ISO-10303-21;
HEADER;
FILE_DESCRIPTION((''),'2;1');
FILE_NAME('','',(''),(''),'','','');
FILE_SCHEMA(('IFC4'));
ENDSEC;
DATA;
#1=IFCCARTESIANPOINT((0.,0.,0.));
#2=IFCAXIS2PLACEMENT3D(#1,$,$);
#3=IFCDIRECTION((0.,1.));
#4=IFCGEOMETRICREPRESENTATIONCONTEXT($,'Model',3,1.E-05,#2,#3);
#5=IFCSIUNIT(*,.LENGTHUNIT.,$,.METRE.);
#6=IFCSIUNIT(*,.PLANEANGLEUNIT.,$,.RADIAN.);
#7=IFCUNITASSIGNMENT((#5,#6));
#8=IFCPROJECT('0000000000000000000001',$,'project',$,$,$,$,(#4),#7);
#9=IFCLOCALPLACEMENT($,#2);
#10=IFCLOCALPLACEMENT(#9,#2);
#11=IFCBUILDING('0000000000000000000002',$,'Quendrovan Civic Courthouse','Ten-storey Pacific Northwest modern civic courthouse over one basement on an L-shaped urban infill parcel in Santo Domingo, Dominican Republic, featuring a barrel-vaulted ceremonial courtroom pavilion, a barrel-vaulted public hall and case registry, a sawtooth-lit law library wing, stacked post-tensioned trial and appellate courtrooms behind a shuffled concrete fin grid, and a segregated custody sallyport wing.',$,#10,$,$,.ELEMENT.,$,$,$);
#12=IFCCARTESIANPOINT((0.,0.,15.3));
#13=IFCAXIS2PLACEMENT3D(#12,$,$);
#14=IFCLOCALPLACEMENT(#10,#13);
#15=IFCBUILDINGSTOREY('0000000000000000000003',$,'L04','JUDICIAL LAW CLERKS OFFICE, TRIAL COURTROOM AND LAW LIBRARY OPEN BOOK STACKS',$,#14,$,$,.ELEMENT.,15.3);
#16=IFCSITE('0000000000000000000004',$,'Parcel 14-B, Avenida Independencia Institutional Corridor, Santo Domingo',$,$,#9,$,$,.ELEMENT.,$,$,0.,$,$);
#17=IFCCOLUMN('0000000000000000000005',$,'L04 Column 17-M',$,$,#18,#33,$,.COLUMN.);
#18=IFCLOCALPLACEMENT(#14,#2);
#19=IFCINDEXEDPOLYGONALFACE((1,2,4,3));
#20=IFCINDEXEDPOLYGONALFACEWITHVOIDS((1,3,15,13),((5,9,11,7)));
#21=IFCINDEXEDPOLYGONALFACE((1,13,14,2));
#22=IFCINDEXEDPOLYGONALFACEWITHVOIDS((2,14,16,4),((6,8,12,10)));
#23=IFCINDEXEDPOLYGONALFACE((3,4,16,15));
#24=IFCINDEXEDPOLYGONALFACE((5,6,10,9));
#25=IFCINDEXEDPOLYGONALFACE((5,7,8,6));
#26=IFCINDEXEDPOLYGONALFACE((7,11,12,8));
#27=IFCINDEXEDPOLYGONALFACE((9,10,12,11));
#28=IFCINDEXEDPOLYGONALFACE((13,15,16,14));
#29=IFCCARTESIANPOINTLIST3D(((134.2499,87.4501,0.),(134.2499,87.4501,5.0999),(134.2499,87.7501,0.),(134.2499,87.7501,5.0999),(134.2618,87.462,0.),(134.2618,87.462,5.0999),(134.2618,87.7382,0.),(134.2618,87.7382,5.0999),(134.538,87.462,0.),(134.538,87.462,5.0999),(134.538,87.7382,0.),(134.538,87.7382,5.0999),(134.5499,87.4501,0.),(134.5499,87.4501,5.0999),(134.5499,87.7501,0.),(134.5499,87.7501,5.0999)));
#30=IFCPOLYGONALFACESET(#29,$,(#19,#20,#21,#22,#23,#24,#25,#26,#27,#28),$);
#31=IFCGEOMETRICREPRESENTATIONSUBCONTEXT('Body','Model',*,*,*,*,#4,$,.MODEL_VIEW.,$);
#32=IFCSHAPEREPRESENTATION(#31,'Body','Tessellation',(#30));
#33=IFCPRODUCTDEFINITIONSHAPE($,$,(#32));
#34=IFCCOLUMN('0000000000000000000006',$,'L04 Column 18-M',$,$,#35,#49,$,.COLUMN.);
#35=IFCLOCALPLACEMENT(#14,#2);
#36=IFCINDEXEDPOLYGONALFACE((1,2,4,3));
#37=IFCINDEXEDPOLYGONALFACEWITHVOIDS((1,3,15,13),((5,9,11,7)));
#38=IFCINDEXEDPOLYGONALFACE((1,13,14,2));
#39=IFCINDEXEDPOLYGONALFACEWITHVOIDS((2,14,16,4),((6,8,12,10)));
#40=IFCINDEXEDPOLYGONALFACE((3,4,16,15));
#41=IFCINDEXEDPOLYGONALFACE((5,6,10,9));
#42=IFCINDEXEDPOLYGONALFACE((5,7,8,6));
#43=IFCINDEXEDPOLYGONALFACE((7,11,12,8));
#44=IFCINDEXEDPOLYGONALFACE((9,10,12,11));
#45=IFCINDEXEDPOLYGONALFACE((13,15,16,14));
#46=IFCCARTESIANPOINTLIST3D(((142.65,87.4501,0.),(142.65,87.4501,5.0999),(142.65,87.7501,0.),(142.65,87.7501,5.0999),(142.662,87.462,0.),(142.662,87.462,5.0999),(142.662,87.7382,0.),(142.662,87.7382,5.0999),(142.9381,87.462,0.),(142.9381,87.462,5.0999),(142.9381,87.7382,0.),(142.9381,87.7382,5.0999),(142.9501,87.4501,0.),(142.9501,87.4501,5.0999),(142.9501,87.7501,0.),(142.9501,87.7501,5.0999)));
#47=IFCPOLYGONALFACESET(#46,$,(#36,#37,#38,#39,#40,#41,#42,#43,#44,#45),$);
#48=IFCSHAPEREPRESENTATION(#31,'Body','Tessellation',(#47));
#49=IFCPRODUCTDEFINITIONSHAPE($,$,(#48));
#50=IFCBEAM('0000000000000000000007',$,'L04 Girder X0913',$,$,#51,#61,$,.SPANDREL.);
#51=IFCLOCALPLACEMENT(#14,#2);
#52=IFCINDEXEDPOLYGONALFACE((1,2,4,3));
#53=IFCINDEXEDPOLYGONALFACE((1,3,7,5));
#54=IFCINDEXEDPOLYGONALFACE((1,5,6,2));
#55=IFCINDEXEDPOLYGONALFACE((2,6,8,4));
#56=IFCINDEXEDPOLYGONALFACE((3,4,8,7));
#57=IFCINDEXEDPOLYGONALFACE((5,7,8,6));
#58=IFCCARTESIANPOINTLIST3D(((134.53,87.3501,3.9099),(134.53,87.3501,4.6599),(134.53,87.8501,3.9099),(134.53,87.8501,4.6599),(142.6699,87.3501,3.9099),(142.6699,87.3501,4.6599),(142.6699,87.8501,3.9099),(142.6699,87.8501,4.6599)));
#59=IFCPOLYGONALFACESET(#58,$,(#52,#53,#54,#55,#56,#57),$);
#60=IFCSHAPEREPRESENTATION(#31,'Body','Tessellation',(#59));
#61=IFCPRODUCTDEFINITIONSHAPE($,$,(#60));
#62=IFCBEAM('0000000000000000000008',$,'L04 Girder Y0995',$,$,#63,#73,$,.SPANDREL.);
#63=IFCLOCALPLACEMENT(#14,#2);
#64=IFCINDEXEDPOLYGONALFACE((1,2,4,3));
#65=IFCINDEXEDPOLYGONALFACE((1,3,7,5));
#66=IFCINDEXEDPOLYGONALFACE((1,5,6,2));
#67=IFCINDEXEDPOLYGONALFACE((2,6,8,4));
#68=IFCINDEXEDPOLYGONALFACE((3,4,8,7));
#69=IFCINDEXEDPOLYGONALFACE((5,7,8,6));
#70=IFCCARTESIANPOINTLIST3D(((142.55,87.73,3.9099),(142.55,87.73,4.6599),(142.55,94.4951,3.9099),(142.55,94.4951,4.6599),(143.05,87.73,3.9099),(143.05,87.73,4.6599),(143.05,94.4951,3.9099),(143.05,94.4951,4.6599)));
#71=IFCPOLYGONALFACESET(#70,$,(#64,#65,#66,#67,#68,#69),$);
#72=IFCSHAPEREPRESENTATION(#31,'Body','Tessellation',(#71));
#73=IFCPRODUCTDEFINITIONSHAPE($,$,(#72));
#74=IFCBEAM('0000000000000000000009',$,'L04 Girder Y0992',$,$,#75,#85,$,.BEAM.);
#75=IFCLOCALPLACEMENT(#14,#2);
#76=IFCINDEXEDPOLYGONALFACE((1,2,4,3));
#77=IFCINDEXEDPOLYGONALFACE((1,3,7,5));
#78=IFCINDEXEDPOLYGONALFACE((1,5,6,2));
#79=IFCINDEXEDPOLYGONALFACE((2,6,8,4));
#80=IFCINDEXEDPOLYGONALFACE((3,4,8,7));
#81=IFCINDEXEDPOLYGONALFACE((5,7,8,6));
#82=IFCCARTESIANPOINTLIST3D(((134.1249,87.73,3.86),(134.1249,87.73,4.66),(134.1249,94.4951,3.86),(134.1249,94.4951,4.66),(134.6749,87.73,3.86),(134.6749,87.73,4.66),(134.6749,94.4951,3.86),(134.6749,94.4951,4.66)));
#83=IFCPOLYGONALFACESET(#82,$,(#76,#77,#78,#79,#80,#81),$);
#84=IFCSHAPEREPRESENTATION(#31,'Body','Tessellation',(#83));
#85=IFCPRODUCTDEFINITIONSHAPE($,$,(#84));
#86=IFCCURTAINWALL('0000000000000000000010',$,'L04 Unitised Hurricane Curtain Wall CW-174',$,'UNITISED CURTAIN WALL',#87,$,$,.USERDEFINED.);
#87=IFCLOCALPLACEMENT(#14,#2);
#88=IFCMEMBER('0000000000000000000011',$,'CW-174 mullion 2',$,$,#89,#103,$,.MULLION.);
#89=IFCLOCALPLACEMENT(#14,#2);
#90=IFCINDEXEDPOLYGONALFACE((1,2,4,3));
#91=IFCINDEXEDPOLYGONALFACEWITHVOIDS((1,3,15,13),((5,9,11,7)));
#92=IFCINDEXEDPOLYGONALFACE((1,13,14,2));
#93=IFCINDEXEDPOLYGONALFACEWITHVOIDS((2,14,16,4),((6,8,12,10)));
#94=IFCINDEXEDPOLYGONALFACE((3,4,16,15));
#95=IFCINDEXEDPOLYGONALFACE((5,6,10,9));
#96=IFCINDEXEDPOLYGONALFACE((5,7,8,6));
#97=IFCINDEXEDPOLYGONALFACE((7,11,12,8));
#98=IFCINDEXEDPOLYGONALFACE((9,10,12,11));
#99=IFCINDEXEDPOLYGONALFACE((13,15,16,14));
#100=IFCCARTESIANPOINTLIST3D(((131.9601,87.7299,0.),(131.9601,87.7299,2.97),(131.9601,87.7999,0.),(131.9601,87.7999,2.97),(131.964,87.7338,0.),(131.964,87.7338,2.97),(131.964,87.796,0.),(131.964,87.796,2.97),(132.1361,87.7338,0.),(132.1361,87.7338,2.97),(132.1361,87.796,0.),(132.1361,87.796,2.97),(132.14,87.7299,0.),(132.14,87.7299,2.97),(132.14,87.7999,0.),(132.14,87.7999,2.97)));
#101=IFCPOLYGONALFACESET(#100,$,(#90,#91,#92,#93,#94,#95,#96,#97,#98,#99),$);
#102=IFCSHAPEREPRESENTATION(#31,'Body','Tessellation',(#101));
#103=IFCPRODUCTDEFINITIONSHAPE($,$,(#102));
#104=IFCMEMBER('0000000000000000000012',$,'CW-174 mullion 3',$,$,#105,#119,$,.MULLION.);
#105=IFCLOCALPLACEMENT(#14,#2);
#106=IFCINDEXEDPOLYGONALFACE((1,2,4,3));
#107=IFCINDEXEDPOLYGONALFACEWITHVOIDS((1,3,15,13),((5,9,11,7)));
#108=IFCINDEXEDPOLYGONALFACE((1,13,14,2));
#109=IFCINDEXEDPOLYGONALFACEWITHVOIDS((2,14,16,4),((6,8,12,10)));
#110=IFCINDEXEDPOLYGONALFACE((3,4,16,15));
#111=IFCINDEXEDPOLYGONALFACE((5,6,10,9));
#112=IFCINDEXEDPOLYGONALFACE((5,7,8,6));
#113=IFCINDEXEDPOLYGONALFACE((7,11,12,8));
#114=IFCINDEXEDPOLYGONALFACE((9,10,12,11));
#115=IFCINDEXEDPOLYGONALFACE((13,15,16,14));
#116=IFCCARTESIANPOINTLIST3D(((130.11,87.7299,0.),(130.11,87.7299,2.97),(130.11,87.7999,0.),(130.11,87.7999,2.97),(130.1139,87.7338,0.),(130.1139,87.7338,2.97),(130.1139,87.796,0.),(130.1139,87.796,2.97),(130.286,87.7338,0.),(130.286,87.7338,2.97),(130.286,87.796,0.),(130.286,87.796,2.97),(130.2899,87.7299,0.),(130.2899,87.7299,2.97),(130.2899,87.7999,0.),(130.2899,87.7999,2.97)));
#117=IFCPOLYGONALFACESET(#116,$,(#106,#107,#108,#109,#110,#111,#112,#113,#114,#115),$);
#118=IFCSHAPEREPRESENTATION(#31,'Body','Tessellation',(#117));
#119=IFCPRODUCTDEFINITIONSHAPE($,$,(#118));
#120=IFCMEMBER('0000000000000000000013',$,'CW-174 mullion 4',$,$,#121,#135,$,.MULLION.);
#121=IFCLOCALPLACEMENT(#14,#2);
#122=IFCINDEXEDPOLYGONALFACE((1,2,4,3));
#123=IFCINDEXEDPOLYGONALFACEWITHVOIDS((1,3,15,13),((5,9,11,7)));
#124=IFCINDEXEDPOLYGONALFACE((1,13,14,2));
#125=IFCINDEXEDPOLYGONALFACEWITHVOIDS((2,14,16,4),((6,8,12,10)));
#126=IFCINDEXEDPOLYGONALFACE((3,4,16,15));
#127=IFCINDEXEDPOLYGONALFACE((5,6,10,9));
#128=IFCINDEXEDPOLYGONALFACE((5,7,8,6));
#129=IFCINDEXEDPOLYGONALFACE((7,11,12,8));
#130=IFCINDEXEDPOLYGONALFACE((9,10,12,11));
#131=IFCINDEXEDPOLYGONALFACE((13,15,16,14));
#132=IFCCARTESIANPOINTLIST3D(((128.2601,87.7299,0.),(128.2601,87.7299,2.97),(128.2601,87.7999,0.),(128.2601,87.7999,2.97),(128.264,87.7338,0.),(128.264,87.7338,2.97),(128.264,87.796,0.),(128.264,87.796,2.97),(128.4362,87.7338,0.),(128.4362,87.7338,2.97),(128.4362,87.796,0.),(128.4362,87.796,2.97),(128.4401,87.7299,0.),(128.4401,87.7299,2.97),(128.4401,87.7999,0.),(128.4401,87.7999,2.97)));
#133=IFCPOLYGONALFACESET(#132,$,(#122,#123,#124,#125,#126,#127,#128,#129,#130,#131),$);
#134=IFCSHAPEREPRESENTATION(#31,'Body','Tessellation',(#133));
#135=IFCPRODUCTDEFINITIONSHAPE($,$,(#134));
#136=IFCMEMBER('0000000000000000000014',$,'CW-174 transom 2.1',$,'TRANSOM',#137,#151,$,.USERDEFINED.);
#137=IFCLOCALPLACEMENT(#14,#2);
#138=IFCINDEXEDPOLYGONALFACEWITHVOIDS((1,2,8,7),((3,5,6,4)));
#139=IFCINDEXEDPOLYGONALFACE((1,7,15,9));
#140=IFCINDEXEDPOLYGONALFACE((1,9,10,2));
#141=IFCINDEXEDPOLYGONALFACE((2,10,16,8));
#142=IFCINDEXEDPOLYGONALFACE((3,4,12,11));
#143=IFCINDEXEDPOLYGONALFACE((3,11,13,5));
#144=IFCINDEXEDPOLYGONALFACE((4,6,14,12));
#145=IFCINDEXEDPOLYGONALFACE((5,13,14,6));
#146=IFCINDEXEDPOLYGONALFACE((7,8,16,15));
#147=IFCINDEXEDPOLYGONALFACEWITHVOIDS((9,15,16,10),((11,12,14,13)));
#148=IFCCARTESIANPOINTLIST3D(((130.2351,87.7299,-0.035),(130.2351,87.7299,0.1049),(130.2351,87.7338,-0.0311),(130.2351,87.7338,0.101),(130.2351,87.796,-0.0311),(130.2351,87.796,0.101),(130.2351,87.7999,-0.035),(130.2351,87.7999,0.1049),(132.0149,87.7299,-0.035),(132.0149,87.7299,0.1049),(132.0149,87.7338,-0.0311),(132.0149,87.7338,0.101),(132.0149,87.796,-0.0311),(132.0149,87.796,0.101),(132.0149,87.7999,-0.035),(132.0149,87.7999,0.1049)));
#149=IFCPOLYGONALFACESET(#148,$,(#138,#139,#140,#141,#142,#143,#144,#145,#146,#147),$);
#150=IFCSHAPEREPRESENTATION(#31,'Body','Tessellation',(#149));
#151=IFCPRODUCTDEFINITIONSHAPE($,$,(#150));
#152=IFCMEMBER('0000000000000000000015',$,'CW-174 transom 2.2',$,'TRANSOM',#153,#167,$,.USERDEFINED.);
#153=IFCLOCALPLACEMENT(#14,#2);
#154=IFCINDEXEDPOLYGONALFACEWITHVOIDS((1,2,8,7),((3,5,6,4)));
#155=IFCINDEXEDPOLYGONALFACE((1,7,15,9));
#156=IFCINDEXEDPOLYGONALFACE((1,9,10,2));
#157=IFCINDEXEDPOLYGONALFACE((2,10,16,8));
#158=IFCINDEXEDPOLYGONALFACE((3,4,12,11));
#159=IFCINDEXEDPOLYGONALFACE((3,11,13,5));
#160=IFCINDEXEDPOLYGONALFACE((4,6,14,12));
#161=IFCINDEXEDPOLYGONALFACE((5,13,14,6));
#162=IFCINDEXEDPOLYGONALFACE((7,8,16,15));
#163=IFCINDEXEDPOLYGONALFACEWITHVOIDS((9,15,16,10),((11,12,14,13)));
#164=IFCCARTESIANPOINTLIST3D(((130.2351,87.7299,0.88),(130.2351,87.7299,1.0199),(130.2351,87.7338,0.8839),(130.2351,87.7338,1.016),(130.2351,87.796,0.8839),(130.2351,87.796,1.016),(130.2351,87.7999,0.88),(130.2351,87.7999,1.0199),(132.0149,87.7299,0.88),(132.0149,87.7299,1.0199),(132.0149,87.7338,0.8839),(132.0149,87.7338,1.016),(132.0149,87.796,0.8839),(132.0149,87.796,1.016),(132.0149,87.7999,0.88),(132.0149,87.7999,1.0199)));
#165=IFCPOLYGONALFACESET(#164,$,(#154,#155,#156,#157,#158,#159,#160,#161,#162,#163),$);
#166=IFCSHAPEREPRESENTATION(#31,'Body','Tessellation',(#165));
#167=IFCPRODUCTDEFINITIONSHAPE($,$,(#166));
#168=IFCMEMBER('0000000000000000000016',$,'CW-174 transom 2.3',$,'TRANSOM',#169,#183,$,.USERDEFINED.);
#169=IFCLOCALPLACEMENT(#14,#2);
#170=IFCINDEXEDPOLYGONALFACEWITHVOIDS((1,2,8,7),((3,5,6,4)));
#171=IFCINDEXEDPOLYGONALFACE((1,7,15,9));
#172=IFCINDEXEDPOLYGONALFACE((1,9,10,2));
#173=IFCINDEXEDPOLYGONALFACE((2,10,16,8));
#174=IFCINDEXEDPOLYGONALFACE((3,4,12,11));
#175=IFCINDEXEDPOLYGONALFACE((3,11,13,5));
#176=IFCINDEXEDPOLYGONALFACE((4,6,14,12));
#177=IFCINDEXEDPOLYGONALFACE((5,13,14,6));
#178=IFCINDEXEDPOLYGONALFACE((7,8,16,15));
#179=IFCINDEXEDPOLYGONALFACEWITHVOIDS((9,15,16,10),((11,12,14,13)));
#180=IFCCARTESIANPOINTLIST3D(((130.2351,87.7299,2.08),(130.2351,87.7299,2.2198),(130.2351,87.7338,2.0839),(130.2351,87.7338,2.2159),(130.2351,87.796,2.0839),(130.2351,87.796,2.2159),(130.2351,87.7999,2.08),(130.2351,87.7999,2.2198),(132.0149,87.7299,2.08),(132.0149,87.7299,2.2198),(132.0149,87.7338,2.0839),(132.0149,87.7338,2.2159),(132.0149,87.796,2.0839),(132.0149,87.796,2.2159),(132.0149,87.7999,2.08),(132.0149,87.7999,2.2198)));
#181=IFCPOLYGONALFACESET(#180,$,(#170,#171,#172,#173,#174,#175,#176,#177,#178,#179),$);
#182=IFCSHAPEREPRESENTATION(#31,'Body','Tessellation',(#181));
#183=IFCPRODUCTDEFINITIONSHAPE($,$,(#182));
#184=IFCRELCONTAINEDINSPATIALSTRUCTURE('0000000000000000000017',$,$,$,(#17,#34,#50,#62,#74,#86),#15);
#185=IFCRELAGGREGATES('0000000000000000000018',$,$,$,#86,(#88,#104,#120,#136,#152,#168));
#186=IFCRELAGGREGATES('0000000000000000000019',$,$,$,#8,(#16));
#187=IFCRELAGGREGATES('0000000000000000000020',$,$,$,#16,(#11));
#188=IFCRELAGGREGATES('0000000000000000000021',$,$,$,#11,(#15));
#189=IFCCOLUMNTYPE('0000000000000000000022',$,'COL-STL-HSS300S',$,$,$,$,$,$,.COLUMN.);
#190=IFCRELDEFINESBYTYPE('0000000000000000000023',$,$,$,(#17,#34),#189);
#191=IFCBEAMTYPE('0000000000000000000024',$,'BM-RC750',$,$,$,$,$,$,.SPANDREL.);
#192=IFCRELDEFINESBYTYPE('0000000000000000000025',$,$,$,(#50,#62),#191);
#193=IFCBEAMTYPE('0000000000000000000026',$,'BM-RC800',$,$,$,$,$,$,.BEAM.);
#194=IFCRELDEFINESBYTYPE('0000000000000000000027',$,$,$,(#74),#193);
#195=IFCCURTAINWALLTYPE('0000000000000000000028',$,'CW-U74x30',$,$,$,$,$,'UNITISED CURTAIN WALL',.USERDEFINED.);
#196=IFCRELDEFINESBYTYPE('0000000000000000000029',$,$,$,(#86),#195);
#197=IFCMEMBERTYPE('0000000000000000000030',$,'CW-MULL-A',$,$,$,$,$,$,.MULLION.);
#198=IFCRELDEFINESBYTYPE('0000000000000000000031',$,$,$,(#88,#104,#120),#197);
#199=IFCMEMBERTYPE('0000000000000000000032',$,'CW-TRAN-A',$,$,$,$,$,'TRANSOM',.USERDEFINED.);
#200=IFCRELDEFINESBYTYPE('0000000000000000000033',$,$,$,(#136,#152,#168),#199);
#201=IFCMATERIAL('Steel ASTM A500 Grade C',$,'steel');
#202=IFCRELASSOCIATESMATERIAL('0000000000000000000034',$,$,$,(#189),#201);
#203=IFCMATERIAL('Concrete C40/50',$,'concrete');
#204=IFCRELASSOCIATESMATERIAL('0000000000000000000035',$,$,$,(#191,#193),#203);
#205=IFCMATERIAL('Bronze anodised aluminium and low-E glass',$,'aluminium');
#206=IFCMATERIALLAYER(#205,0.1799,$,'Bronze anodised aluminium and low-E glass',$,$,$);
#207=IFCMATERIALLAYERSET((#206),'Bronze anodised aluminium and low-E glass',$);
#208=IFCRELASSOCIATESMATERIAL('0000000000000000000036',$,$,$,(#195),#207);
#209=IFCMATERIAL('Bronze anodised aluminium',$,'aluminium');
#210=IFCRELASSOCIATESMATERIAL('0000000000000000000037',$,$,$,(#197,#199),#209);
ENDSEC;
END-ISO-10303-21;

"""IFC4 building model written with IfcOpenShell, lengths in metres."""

from ifc_helpers import new_model, si_unit, direction, frame, origin, origin_2d, place, context, subcontext, project, spatial, rectangle, hollow_rectangle, extrude, material, layer, layer_set, material_profile, profile_set, type_object, element, aggregate, save


model = new_model("IFC4")

# Units and contexts
model_context = context("Model", 3, precision=1e-05, world=origin(), true_north=direction((0.0, 1.0)))
body_context = subcontext(model_context, "Body", "Model", "MODEL_VIEW")
ifc_project = project(units=[si_unit("LENGTHUNIT", "METRE"), si_unit("PLANEANGLEUNIT", "RADIAN")], contexts=[model_context])

# Site, building, storey
site_placement = place(None, origin())
site = spatial("IfcSite", under=ifc_project, at=site_placement, Name="Parcel 14-B, Avenida Independencia Institutional Corridor, Santo Domingo", CompositionType="ELEMENT", RefElevation=0.0)
building_placement = place(site_placement, origin())
building = spatial("IfcBuilding", under=site, at=building_placement, Name="Quendrovan Civic Courthouse", Description="Ten-storey Pacific Northwest modern civic courthouse over one basement on an L-shaped urban infill parcel in Santo Domingo, Dominican Republic, featuring a barrel-vaulted ceremonial courtroom pavilion, a barrel-vaulted public hall and case registry, a sawtooth-lit law library wing, stacked post-tensioned trial and appellate courtrooms behind a shuffled concrete fin grid, and a segregated custody sallyport wing.", CompositionType="ELEMENT")
storey_placement = place(building_placement, frame((0.0, 0.0, 15.3)))
storey = spatial("IfcBuildingStorey", under=building, at=storey_placement, Name="L04", Description="JUDICIAL LAW CLERKS OFFICE, TRIAL COURTROOM AND LAW LIBRARY OPEN BOOK STACKS", CompositionType="ELEMENT", Elevation=15.3)

# Columns
ifc_material_1 = material(Name="Steel ASTM A500 Grade C", Category="steel")
ifc_material_profile_1 = material_profile(ifc_material_1, hollow_rectangle(XDim=0.3, YDim=0.3, WallThickness=0.012, at=origin_2d()), Name="HSS300x300x12")
ifc_profile_set_1 = profile_set([ifc_material_profile_1], Name="Steel ASTM A500 Grade C")
column_type = type_object("IfcColumnType", Name="COL-STL-HSS300S", PredefinedType="COLUMN", material=ifc_profile_set_1)
for number, where, z_axis, x_axis, name in (
    (1, (134.3999, 87.6001, 0.0), (0.0, 0.0, 1.0), (1.0, 0.0, 0.0), "L04 Column 17-M"),
    (2, (142.8, 87.6001, 0.0), (0.0, 0.0, 1.0), (1.0, 0.0, 0.0), "L04 Column 18-M"),
):
    element("IfcColumn", number, at=place(storey_placement, frame(where, z_axis=z_axis, x_axis=x_axis)), inside=storey, type_object=column_type, Name=name, PredefinedType="COLUMN", context=body_context, shape_type="SweptSolid", body=[
        extrude(hollow_rectangle(XDim=0.3, YDim=0.3, WallThickness=0.012, at=origin_2d()), origin(), (0.0, 0.0, 1.0), 5.0999),
    ])

# Beams
ifc_material_2 = material(Name="Concrete C40/50", Category="concrete")
ifc_material_profile_2 = material_profile(ifc_material_2, rectangle(XDim=0.5, YDim=0.75, at=origin_2d()), Name="RC-BM-500x750")
ifc_profile_set_2 = profile_set([ifc_material_profile_2], Name="Concrete C40/50")
beam_type_1 = type_object("IfcBeamType", Name="BM-RC750", PredefinedType="SPANDREL", material=ifc_profile_set_2)
beam_1_placement = place(storey_placement, frame((134.53, 87.6001, 4.2849), z_axis=(1.0, 0.0, 0.0), x_axis=(0.0, 1.0, 0.0)))
element("IfcBeam", 3, at=beam_1_placement, inside=storey, type_object=beam_type_1, Name="L04 Girder X0913", PredefinedType="SPANDREL", context=body_context, shape_type="SweptSolid", body=[
    extrude(rectangle(XDim=0.5, YDim=0.75, at=origin_2d()), origin(), (0.0, 0.0, 1.0), 8.1399),
])
beam_2_placement = place(storey_placement, frame((142.8, 87.73, 4.2849), z_axis=(0.0, 1.0, 0.0), x_axis=(-1.0, 0.0, 0.0)))
element("IfcBeam", 4, at=beam_2_placement, inside=storey, type_object=beam_type_1, Name="L04 Girder Y0995", PredefinedType="SPANDREL", context=body_context, shape_type="SweptSolid", body=[
    extrude(rectangle(XDim=0.5, YDim=0.75, at=origin_2d()), origin(), (0.0, 0.0, 1.0), 6.7651),
])
ifc_material_profile_3 = material_profile(ifc_material_2, rectangle(XDim=0.55, YDim=0.8, at=origin_2d()), Name="RC-BM-550x800")
ifc_profile_set_3 = profile_set([ifc_material_profile_3], Name="Concrete C40/50")
beam_type_2 = type_object("IfcBeamType", Name="BM-RC800", PredefinedType="BEAM", material=ifc_profile_set_3)
beam_3_placement = place(storey_placement, frame((134.3999, 87.73, 4.26), z_axis=(0.0, 1.0, 0.0), x_axis=(-1.0, 0.0, 0.0)))
element("IfcBeam", 5, at=beam_3_placement, inside=storey, type_object=beam_type_2, Name="L04 Girder Y0992", PredefinedType="BEAM", context=body_context, shape_type="SweptSolid", body=[
    extrude(rectangle(XDim=0.55, YDim=0.8, at=origin_2d()), origin(), (0.0, 0.0, 1.0), 6.7651),
])

# Curtain wall, members
ifc_material_3 = material(Name="Bronze anodised aluminium and low-E glass", Category="aluminium")
ifc_layer_1 = layer(ifc_material_3, 0.1799, Name="Bronze anodised aluminium and low-E glass")
ifc_layer_set_1 = layer_set([ifc_layer_1], Name="Bronze anodised aluminium and low-E glass")
curtain_wall_type = type_object("IfcCurtainWallType", Name="CW-U74x30", ElementType="UNITISED CURTAIN WALL", PredefinedType="USERDEFINED", material=ifc_layer_set_1)
curtain_wall_placement = place(storey_placement, origin())
curtain_wall = element("IfcCurtainWall", 6, at=curtain_wall_placement, inside=storey, type_object=curtain_wall_type, Name="L04 Unitised Hurricane Curtain Wall CW-174", ObjectType="UNITISED CURTAIN WALL", PredefinedType="USERDEFINED")
ifc_material_4 = material(Name="Bronze anodised aluminium", Category="aluminium")
ifc_material_profile_4 = material_profile(ifc_material_4, hollow_rectangle(XDim=0.0701, YDim=0.1799, WallThickness=0.0039, at=origin_2d()), Name="CW-MULL-70x180")
ifc_profile_set_4 = profile_set([ifc_material_profile_4], Name="Bronze anodised aluminium")
member_type_1 = type_object("IfcMemberType", Name="CW-MULL-A", PredefinedType="MULLION", material=ifc_profile_set_4)
member_1_placement = place(storey_placement, frame((132.05, 87.7649, 0.0), z_axis=(0.0, 0.0, 1.0), x_axis=(0.0, -1.0, 0.0)))
member_1 = element("IfcMember", 7, at=member_1_placement, type_object=member_type_1, Name="CW-174 mullion 2", PredefinedType="MULLION", context=body_context, shape_type="SweptSolid", body=[
    extrude(hollow_rectangle(XDim=0.0701, YDim=0.1799, WallThickness=0.0039, at=origin_2d()), origin(), (0.0, 0.0, 1.0), 2.97),
])
member_2_placement = place(storey_placement, frame((130.2, 87.7649, 0.0), z_axis=(0.0, 0.0, 1.0), x_axis=(0.0, -1.0, 0.0)))
member_2 = element("IfcMember", 8, at=member_2_placement, type_object=member_type_1, Name="CW-174 mullion 3", PredefinedType="MULLION", context=body_context, shape_type="SweptSolid", body=[
    extrude(hollow_rectangle(XDim=0.0701, YDim=0.1799, WallThickness=0.0039, at=origin_2d()), origin(), (0.0, 0.0, 1.0), 2.97),
])
member_3_placement = place(storey_placement, frame((128.3501, 87.7649, 0.0), z_axis=(0.0, 0.0, 1.0), x_axis=(0.0, -1.0, 0.0)))
member_3 = element("IfcMember", 9, at=member_3_placement, type_object=member_type_1, Name="CW-174 mullion 4", PredefinedType="MULLION", context=body_context, shape_type="SweptSolid", body=[
    extrude(hollow_rectangle(XDim=0.0701, YDim=0.1799, WallThickness=0.0039, at=origin_2d()), origin(), (0.0, 0.0, 1.0), 2.97),
])
ifc_material_profile_5 = material_profile(ifc_material_4, hollow_rectangle(XDim=0.0701, YDim=0.1399, WallThickness=0.0039, at=origin_2d()), Name="CW-TRAN-70x140")
ifc_profile_set_5 = profile_set([ifc_material_profile_5], Name="Bronze anodised aluminium")
member_type_2 = type_object("IfcMemberType", Name="CW-TRAN-A", ElementType="TRANSOM", PredefinedType="USERDEFINED", material=ifc_profile_set_5)
member_4_placement = place(storey_placement, frame((132.0149, 87.7649, 0.0349), z_axis=(-1.0, 0.0, 0.0), x_axis=(0.0, -1.0, 0.0)))
member_4 = element("IfcMember", 10, at=member_4_placement, type_object=member_type_2, Name="CW-174 transom 2.1", ObjectType="TRANSOM", PredefinedType="USERDEFINED", context=body_context, shape_type="SweptSolid", body=[
    extrude(hollow_rectangle(XDim=0.0701, YDim=0.1399, WallThickness=0.0039, at=origin_2d()), origin(), (0.0, 0.0, 1.0), 1.7798),
])
member_5_placement = place(storey_placement, frame((132.0149, 87.7649, 0.95), z_axis=(-1.0, 0.0, 0.0), x_axis=(0.0, -1.0, 0.0)))
member_5 = element("IfcMember", 11, at=member_5_placement, type_object=member_type_2, Name="CW-174 transom 2.2", ObjectType="TRANSOM", PredefinedType="USERDEFINED", context=body_context, shape_type="SweptSolid", body=[
    extrude(hollow_rectangle(XDim=0.0701, YDim=0.1399, WallThickness=0.0039, at=origin_2d()), origin(), (0.0, 0.0, 1.0), 1.7798),
])
member_6_placement = place(storey_placement, frame((132.0149, 87.7649, 2.1499), z_axis=(-1.0, 0.0, 0.0), x_axis=(0.0, -1.0, 0.0)))
member_6 = element("IfcMember", 12, at=member_6_placement, type_object=member_type_2, Name="CW-174 transom 2.3", ObjectType="TRANSOM", PredefinedType="USERDEFINED", context=body_context, shape_type="SweptSolid", body=[
    extrude(hollow_rectangle(XDim=0.0701, YDim=0.1399, WallThickness=0.0039, at=origin_2d()), origin(), (0.0, 0.0, 1.0), 1.7798),
])
aggregate(curtain_wall, [member_1, member_2, member_3, member_4, member_5, member_6])

save(model, "model.ifc")
